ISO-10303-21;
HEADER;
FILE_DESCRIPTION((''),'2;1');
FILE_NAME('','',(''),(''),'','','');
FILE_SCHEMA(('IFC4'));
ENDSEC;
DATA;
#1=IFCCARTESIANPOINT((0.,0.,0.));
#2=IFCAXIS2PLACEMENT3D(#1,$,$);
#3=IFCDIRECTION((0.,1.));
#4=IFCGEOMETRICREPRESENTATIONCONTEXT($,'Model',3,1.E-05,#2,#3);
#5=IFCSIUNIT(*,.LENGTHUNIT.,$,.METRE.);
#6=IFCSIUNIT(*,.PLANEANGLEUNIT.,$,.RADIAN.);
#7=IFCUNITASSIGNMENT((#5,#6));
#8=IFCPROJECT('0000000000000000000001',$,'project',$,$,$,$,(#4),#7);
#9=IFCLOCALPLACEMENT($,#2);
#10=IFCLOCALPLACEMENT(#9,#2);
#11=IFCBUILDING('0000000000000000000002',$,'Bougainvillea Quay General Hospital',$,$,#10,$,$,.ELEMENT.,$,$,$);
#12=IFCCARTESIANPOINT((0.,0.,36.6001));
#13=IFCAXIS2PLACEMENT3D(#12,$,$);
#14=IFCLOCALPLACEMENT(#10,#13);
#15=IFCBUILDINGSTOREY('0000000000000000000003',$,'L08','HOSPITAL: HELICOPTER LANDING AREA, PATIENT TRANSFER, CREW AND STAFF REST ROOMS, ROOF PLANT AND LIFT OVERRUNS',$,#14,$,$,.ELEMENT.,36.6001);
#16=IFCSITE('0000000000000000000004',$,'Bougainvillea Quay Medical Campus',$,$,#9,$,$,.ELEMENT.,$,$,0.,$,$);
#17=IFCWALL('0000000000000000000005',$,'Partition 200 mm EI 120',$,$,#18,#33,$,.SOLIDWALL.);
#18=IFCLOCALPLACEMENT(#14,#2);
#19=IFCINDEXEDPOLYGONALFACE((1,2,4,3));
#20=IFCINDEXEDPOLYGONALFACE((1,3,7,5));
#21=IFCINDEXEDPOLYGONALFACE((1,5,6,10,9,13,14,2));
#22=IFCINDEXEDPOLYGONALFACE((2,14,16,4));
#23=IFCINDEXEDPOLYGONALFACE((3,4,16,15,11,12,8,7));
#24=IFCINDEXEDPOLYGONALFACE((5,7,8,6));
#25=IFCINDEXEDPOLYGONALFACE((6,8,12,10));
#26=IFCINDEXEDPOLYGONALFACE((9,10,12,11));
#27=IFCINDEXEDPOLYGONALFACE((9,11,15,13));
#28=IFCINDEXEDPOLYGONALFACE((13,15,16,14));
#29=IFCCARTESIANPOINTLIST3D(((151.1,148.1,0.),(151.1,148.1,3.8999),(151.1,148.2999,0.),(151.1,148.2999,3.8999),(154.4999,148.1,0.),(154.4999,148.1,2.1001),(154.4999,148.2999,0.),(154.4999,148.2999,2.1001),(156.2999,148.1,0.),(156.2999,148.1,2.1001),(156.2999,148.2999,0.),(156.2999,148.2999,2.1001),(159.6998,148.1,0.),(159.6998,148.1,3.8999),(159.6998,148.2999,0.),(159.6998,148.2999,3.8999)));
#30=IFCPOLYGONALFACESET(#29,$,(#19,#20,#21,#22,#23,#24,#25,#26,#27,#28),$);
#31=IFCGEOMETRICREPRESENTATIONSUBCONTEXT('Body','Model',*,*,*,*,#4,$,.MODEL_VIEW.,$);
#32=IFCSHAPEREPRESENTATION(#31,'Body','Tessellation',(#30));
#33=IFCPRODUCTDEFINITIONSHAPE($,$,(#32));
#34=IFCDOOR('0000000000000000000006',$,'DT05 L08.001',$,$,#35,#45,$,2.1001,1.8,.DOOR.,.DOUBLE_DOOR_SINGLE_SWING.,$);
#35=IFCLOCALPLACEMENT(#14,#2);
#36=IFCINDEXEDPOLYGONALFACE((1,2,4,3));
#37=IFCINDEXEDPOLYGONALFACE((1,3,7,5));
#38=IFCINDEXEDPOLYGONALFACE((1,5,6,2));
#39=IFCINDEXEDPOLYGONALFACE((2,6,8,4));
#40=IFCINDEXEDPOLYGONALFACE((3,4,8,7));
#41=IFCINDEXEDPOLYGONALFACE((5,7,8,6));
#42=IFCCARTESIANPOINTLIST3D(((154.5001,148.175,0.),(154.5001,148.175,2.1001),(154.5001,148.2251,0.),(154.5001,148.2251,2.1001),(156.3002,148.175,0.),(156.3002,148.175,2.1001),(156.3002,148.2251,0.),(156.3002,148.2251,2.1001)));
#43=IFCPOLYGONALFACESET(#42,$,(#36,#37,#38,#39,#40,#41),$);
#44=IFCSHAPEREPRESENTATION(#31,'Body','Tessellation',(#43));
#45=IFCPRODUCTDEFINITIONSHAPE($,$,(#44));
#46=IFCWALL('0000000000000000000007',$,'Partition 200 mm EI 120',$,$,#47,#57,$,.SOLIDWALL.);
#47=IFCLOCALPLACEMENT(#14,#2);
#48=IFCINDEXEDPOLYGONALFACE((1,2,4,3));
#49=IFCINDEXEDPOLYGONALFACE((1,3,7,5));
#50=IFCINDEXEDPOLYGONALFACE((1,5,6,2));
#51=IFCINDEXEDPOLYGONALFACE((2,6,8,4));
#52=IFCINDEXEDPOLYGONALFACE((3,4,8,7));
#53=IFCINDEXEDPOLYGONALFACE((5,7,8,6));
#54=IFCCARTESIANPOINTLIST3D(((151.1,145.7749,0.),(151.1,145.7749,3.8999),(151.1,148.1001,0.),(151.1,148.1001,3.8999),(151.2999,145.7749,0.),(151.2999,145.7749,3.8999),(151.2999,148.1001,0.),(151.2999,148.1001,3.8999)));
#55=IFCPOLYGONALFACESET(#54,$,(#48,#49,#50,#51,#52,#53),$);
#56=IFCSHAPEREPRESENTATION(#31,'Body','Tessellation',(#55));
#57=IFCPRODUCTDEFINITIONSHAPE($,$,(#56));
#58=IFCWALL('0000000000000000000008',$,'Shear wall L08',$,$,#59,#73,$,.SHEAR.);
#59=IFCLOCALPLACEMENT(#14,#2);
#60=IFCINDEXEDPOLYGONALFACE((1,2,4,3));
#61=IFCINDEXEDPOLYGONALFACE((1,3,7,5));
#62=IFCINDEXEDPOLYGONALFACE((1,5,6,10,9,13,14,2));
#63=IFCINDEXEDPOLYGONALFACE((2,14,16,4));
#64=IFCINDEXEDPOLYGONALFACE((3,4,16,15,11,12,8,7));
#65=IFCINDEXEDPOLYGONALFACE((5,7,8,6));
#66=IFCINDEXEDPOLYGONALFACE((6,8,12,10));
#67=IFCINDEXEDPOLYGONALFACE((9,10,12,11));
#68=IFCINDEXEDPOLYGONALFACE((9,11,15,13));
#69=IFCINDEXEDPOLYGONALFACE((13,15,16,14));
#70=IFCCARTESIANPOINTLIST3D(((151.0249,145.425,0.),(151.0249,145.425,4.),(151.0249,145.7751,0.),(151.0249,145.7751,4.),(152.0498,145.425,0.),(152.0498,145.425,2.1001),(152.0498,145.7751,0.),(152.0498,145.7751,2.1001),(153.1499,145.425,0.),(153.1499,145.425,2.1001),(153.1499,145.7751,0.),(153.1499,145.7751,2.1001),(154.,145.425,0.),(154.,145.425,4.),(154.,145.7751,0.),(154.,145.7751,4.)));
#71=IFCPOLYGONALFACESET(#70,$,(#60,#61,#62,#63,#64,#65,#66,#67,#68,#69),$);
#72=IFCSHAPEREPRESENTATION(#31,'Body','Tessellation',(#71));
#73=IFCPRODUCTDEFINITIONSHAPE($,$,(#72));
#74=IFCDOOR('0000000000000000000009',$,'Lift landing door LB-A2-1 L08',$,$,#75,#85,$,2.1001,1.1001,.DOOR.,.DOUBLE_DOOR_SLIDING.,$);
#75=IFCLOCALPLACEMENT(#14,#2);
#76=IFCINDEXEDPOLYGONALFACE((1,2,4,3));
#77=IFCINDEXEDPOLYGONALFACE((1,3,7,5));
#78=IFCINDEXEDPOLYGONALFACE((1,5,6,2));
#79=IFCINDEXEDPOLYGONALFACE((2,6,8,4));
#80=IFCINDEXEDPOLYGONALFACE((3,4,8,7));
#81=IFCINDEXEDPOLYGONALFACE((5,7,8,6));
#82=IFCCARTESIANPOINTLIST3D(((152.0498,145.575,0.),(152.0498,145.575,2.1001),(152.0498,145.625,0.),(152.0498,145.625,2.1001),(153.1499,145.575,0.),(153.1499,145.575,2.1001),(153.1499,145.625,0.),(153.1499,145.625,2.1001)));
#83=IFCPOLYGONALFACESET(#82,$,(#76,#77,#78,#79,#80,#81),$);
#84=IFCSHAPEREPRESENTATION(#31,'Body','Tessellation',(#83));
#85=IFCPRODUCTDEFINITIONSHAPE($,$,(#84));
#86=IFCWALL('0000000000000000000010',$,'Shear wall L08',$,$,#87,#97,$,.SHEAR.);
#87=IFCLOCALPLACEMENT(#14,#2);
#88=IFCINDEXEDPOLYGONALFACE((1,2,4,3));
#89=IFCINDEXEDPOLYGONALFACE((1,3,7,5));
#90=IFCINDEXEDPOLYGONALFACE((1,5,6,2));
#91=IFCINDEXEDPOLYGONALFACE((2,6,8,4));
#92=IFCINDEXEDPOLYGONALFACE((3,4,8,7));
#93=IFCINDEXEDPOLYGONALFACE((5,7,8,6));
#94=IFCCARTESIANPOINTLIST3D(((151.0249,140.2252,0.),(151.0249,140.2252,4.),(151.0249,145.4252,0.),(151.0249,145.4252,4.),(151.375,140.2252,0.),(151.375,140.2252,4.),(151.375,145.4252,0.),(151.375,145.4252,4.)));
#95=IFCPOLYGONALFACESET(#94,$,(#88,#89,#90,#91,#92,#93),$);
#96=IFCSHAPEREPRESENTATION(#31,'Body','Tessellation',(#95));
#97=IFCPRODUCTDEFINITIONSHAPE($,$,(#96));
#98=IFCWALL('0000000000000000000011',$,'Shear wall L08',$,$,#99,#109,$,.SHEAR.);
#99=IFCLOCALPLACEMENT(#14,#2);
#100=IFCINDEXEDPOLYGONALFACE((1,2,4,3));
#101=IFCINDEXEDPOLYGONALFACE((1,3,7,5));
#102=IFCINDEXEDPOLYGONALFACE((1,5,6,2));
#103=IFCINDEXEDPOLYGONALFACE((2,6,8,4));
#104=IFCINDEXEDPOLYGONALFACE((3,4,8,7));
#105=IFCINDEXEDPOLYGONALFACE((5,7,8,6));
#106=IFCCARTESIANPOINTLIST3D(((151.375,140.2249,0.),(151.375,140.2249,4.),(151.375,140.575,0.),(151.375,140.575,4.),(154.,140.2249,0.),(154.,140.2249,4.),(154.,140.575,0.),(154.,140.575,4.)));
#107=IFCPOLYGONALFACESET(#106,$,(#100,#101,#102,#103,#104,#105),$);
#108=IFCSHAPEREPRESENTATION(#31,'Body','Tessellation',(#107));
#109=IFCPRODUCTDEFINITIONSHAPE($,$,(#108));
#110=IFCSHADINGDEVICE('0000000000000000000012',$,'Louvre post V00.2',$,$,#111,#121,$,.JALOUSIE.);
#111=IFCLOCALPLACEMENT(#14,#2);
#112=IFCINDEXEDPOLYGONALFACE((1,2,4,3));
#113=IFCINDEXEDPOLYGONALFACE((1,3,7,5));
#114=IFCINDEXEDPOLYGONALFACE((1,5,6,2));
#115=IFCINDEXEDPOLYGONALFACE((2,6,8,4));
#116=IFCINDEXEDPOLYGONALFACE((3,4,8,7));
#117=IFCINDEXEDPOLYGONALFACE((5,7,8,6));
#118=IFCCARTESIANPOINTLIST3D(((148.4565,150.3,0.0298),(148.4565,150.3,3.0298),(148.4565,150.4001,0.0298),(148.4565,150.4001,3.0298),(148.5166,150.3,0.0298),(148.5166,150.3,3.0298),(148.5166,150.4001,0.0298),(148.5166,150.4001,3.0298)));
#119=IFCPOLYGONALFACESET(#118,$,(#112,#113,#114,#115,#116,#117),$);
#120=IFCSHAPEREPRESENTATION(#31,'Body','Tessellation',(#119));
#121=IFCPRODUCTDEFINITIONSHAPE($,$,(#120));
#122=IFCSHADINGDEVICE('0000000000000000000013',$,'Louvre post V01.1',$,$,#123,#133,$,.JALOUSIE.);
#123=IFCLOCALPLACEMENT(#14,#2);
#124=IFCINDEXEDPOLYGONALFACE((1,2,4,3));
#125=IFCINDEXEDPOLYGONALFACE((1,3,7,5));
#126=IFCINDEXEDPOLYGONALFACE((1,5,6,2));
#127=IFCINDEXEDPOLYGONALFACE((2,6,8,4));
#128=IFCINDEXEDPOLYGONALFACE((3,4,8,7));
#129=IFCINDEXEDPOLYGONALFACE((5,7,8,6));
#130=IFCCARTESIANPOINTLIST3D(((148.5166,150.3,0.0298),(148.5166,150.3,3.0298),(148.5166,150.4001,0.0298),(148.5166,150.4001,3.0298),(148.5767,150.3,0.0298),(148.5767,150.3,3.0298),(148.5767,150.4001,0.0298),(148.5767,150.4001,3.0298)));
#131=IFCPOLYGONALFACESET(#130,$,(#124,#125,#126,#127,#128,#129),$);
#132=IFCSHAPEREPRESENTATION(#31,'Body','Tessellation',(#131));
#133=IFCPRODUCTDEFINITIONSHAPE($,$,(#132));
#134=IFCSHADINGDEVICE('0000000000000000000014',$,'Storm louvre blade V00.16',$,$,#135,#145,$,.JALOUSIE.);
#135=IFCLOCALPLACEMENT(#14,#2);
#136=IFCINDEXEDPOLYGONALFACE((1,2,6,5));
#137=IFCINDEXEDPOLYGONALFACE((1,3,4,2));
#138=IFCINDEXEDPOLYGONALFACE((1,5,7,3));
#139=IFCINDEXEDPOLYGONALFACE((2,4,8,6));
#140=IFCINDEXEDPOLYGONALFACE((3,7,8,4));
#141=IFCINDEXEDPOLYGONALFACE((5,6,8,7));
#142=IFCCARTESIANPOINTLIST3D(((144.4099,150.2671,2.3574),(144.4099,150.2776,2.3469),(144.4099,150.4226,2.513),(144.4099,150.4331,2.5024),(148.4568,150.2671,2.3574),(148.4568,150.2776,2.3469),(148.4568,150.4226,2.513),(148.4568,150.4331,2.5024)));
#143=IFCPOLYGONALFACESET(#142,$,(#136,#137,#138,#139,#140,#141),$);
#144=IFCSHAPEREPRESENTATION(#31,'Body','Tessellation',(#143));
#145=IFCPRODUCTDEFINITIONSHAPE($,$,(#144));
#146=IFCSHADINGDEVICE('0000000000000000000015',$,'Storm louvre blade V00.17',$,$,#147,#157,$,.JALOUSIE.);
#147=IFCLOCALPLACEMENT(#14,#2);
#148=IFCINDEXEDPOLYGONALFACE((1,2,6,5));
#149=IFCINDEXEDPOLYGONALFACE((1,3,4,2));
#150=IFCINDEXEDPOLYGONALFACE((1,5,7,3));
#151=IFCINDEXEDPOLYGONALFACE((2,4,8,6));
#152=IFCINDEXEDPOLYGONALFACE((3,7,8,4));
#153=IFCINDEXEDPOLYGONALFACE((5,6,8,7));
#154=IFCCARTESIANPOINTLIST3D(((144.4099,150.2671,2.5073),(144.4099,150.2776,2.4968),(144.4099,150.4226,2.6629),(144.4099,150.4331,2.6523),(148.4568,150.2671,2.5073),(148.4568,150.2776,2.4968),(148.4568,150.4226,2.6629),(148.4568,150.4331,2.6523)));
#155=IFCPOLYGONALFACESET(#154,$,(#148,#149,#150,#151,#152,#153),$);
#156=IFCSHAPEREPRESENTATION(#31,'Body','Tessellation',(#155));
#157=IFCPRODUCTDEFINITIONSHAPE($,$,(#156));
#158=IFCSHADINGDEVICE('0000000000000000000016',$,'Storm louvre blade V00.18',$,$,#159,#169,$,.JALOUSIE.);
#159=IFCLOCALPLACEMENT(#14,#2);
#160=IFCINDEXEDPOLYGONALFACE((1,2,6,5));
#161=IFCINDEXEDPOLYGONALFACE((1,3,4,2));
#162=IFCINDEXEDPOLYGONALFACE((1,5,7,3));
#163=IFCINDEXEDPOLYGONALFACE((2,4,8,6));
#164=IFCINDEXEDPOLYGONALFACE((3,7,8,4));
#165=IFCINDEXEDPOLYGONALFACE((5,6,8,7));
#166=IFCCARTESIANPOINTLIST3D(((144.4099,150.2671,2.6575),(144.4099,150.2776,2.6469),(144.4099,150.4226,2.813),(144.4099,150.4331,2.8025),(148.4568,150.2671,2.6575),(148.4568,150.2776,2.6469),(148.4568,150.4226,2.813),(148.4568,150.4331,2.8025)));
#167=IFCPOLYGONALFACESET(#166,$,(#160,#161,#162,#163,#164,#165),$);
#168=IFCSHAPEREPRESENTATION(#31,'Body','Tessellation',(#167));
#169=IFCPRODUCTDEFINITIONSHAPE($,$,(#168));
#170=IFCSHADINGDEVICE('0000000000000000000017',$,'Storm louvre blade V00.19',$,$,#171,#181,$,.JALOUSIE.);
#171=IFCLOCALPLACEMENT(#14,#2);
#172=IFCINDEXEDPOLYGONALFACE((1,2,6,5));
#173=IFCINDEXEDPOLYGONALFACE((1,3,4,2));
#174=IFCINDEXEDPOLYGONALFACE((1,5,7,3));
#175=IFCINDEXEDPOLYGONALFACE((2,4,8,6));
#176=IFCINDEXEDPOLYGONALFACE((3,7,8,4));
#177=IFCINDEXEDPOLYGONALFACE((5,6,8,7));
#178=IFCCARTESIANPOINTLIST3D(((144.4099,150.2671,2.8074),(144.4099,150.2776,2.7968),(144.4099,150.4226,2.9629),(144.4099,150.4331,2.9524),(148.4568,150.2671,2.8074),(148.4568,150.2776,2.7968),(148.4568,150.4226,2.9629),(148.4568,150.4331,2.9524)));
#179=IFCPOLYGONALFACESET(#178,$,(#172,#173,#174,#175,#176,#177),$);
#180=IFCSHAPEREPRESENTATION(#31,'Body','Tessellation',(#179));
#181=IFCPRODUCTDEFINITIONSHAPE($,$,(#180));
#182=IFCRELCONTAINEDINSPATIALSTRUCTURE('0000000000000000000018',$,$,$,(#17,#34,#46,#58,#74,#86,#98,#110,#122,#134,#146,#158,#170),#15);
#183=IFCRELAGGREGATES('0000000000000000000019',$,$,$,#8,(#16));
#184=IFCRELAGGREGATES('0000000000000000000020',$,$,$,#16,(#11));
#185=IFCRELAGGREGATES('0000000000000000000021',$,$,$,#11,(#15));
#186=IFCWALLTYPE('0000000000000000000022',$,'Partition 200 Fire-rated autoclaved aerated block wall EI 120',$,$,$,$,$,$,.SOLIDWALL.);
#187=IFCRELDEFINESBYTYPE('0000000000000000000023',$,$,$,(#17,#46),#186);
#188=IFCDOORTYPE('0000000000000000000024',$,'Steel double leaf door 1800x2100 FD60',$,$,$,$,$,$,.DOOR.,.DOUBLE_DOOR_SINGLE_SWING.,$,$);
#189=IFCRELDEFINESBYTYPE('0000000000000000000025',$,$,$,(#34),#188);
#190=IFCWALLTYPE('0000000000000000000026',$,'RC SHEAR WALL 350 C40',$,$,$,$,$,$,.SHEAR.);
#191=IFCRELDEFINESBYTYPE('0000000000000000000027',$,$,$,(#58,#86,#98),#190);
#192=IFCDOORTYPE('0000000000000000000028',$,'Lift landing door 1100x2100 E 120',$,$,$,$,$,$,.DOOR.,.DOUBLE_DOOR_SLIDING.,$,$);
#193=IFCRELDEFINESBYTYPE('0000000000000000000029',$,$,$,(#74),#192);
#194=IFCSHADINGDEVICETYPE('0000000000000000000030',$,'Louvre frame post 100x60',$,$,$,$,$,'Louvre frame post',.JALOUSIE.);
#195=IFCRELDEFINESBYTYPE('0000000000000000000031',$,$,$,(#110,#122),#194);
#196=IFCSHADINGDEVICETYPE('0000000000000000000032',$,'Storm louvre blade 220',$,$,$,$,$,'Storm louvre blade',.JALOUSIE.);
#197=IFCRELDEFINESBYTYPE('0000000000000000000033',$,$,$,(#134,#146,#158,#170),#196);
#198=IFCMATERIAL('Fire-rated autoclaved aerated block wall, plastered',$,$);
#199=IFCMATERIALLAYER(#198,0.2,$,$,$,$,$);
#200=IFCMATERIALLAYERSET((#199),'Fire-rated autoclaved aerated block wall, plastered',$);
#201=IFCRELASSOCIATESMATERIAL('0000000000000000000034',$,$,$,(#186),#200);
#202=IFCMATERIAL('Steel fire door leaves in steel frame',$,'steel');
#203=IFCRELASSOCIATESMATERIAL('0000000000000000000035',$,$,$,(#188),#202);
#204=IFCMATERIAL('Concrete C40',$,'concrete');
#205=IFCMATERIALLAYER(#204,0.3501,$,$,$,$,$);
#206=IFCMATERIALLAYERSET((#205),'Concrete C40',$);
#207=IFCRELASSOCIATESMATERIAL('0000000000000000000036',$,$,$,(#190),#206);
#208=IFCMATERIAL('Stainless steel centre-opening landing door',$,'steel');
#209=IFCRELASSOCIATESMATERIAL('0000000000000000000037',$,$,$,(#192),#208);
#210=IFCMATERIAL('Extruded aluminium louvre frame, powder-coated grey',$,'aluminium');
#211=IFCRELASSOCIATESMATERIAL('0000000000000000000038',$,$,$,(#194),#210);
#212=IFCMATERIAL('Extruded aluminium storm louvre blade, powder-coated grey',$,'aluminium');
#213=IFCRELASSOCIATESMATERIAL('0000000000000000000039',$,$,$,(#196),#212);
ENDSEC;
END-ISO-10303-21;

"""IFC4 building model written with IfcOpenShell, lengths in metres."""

from ifc_helpers import new_model, si_unit, direction, frame, frame_2d, origin, origin_2d, place, context, subcontext, project, spatial, rectangle, extrude, material, layer, layer_set, material_profile, profile_set, type_object, element, fill, save


model = new_model("IFC4")

# Units and contexts
model_context = context("Model", 3, precision=1e-05, world=origin(), true_north=direction((0.0, 1.0)))
body_context = subcontext(model_context, "Body", "Model", "MODEL_VIEW")
ifc_project = project(units=[si_unit("LENGTHUNIT", "METRE"), si_unit("PLANEANGLEUNIT", "RADIAN")], contexts=[model_context])

# Site, building, storey
site_placement = place(None, origin())
site = spatial("IfcSite", under=ifc_project, at=site_placement, Name="Bougainvillea Quay Medical Campus", CompositionType="ELEMENT", RefElevation=0.0)
building_placement = place(site_placement, origin())
building = spatial("IfcBuilding", under=site, at=building_placement, Name="Bougainvillea Quay General Hospital", CompositionType="ELEMENT")
storey_placement = place(building_placement, frame((0.0, 0.0, 36.6001)))
storey = spatial("IfcBuildingStorey", under=building, at=storey_placement, Name="L08", Description="HOSPITAL: HELICOPTER LANDING AREA, PATIENT TRANSFER, CREW AND STAFF REST ROOMS, ROOF PLANT AND LIFT OVERRUNS", CompositionType="ELEMENT", Elevation=36.6001)

# Wall, opening, door
ifc_material_1 = material(Name="Fire-rated autoclaved aerated block wall, plastered")
ifc_layer_1 = layer(ifc_material_1, 0.2)
ifc_layer_set_1 = layer_set([ifc_layer_1], Name="Fire-rated autoclaved aerated block wall, plastered")
wall_type_1 = type_object("IfcWallType", Name="Partition 200 Fire-rated autoclaved aerated block wall EI 120", PredefinedType="SOLIDWALL", material=ifc_layer_set_1)
wall_1_placement = place(storey_placement, frame((151.1001, 148.2, 0.0), z_axis=(0.0, 0.0, 1.0), x_axis=(1.0, 0.0, 0.0)))
wall_1 = element("IfcWall", 1, at=wall_1_placement, inside=storey, type_object=wall_type_1, Name="Partition 200 mm EI 120", PredefinedType="SOLIDWALL", context=body_context, shape_type="SweptSolid", body=[
    extrude(rectangle(XDim=8.5999, YDim=0.2, at=frame_2d((4.2998, 0.0))), origin(), (0.0, 0.0, 1.0), 3.8999),
])
opening_1_placement = place(wall_1_placement, frame((3.3999, 0.0, 0.0)))
opening_1 = element("IfcOpeningElement", 2, at=opening_1_placement, cuts=wall_1, PredefinedType="OPENING", context=body_context, shape_type="SweptSolid", body=[
    extrude(rectangle(XDim=1.8, YDim=2.1001, at=frame_2d((0.8999, 1.05))), frame((0.0, 0.1099, 0.0), z_axis=(0.0, -1.0, 0.0), x_axis=(1.0, 0.0, 0.0)), (0.0, 0.0, 1.0), 0.22),
])
ifc_material_2 = material(Name="Steel fire door leaves in steel frame", Category="steel")
door_type_1 = type_object("IfcDoorType", Name="Steel double leaf door 1800x2100 FD60", OperationType="DOUBLE_DOOR_SINGLE_SWING", PredefinedType="DOOR", material=ifc_material_2)
door_1_placement = place(opening_1_placement, frame((1.8, 0.0, 0.0), z_axis=(0.0, 0.0, 1.0), x_axis=(-1.0, 0.0, 0.0)))
door_1 = element("IfcDoor", 3, at=door_1_placement, inside=storey, type_object=door_type_1, Name="DT05 L08.001", OperationType="DOUBLE_DOOR_SINGLE_SWING", OverallHeight=2.1001, OverallWidth=1.8, PredefinedType="DOOR", context=body_context, shape_type="SweptSolid", body=[
    extrude(rectangle(XDim=1.8, YDim=2.1001, at=frame_2d((0.8999, 1.05))), frame((0.0, 0.0249, 0.0), z_axis=(0.0, -1.0, 0.0), x_axis=(1.0, 0.0, 0.0)), (0.0, 0.0, 1.0), 0.05),
])
fill(opening_1, door_1)

# Wall
wall_2_placement = place(storey_placement, frame((151.2, 145.7749, 0.0), z_axis=(0.0, 0.0, 1.0), x_axis=(0.0, 1.0, 0.0)))
element("IfcWall", 4, at=wall_2_placement, inside=storey, type_object=wall_type_1, Name="Partition 200 mm EI 120", PredefinedType="SOLIDWALL", context=body_context, shape_type="SweptSolid", body=[
    extrude(rectangle(XDim=2.3252, YDim=0.2, at=frame_2d((1.1626, 0.0))), origin(), (0.0, 0.0, 1.0), 3.8999),
])

# Wall, opening, door
ifc_material_3 = material(Name="Concrete C40", Category="concrete")
ifc_layer_2 = layer(ifc_material_3, 0.3501)
ifc_layer_set_2 = layer_set([ifc_layer_2], Name="Concrete C40")
wall_type_2 = type_object("IfcWallType", Name="RC SHEAR WALL 350 C40", PredefinedType="SHEAR", material=ifc_layer_set_2)
wall_3_placement = place(storey_placement, frame((151.0249, 145.6001, 0.0), z_axis=(0.0, 0.0, 1.0), x_axis=(1.0, 0.0, 0.0)))
wall_3 = element("IfcWall", 5, at=wall_3_placement, inside=storey, type_object=wall_type_2, Name="Shear wall L08", PredefinedType="SHEAR", context=body_context, shape_type="SweptSolid", body=[
    extrude(rectangle(XDim=2.9751, YDim=0.3501, at=frame_2d((1.4875, 0.0))), origin(), (0.0, 0.0, 1.0), 4.0),
])
opening_2_placement = place(wall_3_placement, frame((1.0249, 0.0, 0.0)))
opening_2 = element("IfcOpeningElement", 6, at=opening_2_placement, cuts=wall_3, PredefinedType="OPENING", context=body_context, shape_type="SweptSolid", body=[
    extrude(rectangle(XDim=1.1001, YDim=2.1001, at=frame_2d((0.55, 1.05))), frame((0.0, 0.1851, 0.0), z_axis=(0.0, -1.0, 0.0), x_axis=(1.0, 0.0, 0.0)), (0.0, 0.0, 1.0), 0.3701),
])
ifc_material_4 = material(Name="Stainless steel centre-opening landing door", Category="steel")
door_type_2 = type_object("IfcDoorType", Name="Lift landing door 1100x2100 E 120", OperationType="DOUBLE_DOOR_SLIDING", PredefinedType="DOOR", material=ifc_material_4)
door_2_placement = place(opening_2_placement, origin())
door_2 = element("IfcDoor", 7, at=door_2_placement, inside=storey, type_object=door_type_2, Name="Lift landing door LB-A2-1 L08", OperationType="DOUBLE_DOOR_SLIDING", OverallHeight=2.1001, OverallWidth=1.1001, PredefinedType="DOOR", context=body_context, shape_type="SweptSolid", body=[
    extrude(rectangle(XDim=1.1001, YDim=2.1001, at=frame_2d((0.55, 1.05))), frame((0.0, 0.0249, 0.0), z_axis=(0.0, -1.0, 0.0), x_axis=(1.0, 0.0, 0.0)), (0.0, 0.0, 1.0), 0.05),
])
fill(opening_2, door_2)

# Walls
wall_4_placement = place(storey_placement, frame((151.2, 140.2251, 0.0), z_axis=(0.0, 0.0, 1.0), x_axis=(0.0, 1.0, 0.0)))
element("IfcWall", 8, at=wall_4_placement, inside=storey, type_object=wall_type_2, Name="Shear wall L08", PredefinedType="SHEAR", context=body_context, shape_type="SweptSolid", body=[
    extrude(rectangle(XDim=5.2, YDim=0.3501, at=frame_2d((2.6001, 0.0))), origin(), (0.0, 0.0, 1.0), 4.0),
])
wall_5_placement = place(storey_placement, frame((151.375, 140.3999, 0.0), z_axis=(0.0, 0.0, 1.0), x_axis=(1.0, 0.0, 0.0)))
element("IfcWall", 9, at=wall_5_placement, inside=storey, type_object=wall_type_2, Name="Shear wall L08", PredefinedType="SHEAR", context=body_context, shape_type="SweptSolid", body=[
    extrude(rectangle(XDim=2.625, YDim=0.3501, at=frame_2d((1.3125, 0.0))), origin(), (0.0, 0.0, 1.0), 4.0),
])

# Shading devices
ifc_material_5 = material(Name="Extruded aluminium louvre frame, powder-coated grey", Category="aluminium")
ifc_material_profile_1 = material_profile(ifc_material_5, rectangle(XDim=0.1001, YDim=0.0601, at=origin_2d()))
ifc_profile_set_1 = profile_set([ifc_material_profile_1], Name="Extruded aluminium louvre frame, powder-coated grey")
shading_device_type_1 = type_object("IfcShadingDeviceType", Name="Louvre frame post 100x60", ElementType="Louvre frame post", PredefinedType="JALOUSIE", material=ifc_profile_set_1)
for number, where, z_axis, x_axis, name in (
    (10, (148.4866, 150.3501, 0.0298), (0.0, 0.0, 1.0), (0.0, 1.0, 0.0), "Louvre post V00.2"),
    (11, (148.5466, 150.3501, 0.0298), (0.0, 0.0, 1.0), (0.0, 1.0, 0.0), "Louvre post V01.1"),
):
    element("IfcShadingDevice", number, at=place(storey_placement, frame(where, z_axis=z_axis, x_axis=x_axis)), inside=storey, type_object=shading_device_type_1, Name=name, PredefinedType="JALOUSIE", context=body_context, shape_type="SweptSolid", body=[
        extrude(rectangle(XDim=0.1001, YDim=0.0601, at=origin_2d()), origin(), (0.0, 0.0, 1.0), 3.0),
    ])
ifc_material_6 = material(Name="Extruded aluminium storm louvre blade, powder-coated grey", Category="aluminium")
ifc_material_profile_2 = material_profile(ifc_material_6, rectangle(XDim=0.22, YDim=0.0149, at=origin_2d()))
ifc_profile_set_2 = profile_set([ifc_material_profile_2], Name="Extruded aluminium storm louvre blade, powder-coated grey")
shading_device_type_2 = type_object("IfcShadingDeviceType", Name="Storm louvre blade 220", ElementType="Storm louvre blade", PredefinedType="JALOUSIE", material=ifc_profile_set_2)
for number, where, z_axis, x_axis, name in (
    (12, (144.4099, 150.3501, 2.4299), (1.0, 0.0, 0.0), (0.0, 0.707107, 0.707107), "Storm louvre blade V00.16"),
    (13, (144.4099, 150.3501, 2.5798), (1.0, 0.0, 0.0), (0.0, 0.707107, 0.707107), "Storm louvre blade V00.17"),
    (14, (144.4099, 150.3501, 2.73), (1.0, 0.0, 0.0), (0.0, 0.707107, 0.707107), "Storm louvre blade V00.18"),
    (15, (144.4099, 150.3501, 2.8799), (1.0, 0.0, 0.0), (0.0, 0.707107, 0.707107), "Storm louvre blade V00.19"),
):
    element("IfcShadingDevice", number, at=place(storey_placement, frame(where, z_axis=z_axis, x_axis=x_axis)), inside=storey, type_object=shading_device_type_2, Name=name, PredefinedType="JALOUSIE", context=body_context, shape_type="SweptSolid", body=[
        extrude(rectangle(XDim=0.22, YDim=0.0149, at=origin_2d()), origin(), (0.0, 0.0, 1.0), 4.0469),
    ])

save(model, "model.ifc")
